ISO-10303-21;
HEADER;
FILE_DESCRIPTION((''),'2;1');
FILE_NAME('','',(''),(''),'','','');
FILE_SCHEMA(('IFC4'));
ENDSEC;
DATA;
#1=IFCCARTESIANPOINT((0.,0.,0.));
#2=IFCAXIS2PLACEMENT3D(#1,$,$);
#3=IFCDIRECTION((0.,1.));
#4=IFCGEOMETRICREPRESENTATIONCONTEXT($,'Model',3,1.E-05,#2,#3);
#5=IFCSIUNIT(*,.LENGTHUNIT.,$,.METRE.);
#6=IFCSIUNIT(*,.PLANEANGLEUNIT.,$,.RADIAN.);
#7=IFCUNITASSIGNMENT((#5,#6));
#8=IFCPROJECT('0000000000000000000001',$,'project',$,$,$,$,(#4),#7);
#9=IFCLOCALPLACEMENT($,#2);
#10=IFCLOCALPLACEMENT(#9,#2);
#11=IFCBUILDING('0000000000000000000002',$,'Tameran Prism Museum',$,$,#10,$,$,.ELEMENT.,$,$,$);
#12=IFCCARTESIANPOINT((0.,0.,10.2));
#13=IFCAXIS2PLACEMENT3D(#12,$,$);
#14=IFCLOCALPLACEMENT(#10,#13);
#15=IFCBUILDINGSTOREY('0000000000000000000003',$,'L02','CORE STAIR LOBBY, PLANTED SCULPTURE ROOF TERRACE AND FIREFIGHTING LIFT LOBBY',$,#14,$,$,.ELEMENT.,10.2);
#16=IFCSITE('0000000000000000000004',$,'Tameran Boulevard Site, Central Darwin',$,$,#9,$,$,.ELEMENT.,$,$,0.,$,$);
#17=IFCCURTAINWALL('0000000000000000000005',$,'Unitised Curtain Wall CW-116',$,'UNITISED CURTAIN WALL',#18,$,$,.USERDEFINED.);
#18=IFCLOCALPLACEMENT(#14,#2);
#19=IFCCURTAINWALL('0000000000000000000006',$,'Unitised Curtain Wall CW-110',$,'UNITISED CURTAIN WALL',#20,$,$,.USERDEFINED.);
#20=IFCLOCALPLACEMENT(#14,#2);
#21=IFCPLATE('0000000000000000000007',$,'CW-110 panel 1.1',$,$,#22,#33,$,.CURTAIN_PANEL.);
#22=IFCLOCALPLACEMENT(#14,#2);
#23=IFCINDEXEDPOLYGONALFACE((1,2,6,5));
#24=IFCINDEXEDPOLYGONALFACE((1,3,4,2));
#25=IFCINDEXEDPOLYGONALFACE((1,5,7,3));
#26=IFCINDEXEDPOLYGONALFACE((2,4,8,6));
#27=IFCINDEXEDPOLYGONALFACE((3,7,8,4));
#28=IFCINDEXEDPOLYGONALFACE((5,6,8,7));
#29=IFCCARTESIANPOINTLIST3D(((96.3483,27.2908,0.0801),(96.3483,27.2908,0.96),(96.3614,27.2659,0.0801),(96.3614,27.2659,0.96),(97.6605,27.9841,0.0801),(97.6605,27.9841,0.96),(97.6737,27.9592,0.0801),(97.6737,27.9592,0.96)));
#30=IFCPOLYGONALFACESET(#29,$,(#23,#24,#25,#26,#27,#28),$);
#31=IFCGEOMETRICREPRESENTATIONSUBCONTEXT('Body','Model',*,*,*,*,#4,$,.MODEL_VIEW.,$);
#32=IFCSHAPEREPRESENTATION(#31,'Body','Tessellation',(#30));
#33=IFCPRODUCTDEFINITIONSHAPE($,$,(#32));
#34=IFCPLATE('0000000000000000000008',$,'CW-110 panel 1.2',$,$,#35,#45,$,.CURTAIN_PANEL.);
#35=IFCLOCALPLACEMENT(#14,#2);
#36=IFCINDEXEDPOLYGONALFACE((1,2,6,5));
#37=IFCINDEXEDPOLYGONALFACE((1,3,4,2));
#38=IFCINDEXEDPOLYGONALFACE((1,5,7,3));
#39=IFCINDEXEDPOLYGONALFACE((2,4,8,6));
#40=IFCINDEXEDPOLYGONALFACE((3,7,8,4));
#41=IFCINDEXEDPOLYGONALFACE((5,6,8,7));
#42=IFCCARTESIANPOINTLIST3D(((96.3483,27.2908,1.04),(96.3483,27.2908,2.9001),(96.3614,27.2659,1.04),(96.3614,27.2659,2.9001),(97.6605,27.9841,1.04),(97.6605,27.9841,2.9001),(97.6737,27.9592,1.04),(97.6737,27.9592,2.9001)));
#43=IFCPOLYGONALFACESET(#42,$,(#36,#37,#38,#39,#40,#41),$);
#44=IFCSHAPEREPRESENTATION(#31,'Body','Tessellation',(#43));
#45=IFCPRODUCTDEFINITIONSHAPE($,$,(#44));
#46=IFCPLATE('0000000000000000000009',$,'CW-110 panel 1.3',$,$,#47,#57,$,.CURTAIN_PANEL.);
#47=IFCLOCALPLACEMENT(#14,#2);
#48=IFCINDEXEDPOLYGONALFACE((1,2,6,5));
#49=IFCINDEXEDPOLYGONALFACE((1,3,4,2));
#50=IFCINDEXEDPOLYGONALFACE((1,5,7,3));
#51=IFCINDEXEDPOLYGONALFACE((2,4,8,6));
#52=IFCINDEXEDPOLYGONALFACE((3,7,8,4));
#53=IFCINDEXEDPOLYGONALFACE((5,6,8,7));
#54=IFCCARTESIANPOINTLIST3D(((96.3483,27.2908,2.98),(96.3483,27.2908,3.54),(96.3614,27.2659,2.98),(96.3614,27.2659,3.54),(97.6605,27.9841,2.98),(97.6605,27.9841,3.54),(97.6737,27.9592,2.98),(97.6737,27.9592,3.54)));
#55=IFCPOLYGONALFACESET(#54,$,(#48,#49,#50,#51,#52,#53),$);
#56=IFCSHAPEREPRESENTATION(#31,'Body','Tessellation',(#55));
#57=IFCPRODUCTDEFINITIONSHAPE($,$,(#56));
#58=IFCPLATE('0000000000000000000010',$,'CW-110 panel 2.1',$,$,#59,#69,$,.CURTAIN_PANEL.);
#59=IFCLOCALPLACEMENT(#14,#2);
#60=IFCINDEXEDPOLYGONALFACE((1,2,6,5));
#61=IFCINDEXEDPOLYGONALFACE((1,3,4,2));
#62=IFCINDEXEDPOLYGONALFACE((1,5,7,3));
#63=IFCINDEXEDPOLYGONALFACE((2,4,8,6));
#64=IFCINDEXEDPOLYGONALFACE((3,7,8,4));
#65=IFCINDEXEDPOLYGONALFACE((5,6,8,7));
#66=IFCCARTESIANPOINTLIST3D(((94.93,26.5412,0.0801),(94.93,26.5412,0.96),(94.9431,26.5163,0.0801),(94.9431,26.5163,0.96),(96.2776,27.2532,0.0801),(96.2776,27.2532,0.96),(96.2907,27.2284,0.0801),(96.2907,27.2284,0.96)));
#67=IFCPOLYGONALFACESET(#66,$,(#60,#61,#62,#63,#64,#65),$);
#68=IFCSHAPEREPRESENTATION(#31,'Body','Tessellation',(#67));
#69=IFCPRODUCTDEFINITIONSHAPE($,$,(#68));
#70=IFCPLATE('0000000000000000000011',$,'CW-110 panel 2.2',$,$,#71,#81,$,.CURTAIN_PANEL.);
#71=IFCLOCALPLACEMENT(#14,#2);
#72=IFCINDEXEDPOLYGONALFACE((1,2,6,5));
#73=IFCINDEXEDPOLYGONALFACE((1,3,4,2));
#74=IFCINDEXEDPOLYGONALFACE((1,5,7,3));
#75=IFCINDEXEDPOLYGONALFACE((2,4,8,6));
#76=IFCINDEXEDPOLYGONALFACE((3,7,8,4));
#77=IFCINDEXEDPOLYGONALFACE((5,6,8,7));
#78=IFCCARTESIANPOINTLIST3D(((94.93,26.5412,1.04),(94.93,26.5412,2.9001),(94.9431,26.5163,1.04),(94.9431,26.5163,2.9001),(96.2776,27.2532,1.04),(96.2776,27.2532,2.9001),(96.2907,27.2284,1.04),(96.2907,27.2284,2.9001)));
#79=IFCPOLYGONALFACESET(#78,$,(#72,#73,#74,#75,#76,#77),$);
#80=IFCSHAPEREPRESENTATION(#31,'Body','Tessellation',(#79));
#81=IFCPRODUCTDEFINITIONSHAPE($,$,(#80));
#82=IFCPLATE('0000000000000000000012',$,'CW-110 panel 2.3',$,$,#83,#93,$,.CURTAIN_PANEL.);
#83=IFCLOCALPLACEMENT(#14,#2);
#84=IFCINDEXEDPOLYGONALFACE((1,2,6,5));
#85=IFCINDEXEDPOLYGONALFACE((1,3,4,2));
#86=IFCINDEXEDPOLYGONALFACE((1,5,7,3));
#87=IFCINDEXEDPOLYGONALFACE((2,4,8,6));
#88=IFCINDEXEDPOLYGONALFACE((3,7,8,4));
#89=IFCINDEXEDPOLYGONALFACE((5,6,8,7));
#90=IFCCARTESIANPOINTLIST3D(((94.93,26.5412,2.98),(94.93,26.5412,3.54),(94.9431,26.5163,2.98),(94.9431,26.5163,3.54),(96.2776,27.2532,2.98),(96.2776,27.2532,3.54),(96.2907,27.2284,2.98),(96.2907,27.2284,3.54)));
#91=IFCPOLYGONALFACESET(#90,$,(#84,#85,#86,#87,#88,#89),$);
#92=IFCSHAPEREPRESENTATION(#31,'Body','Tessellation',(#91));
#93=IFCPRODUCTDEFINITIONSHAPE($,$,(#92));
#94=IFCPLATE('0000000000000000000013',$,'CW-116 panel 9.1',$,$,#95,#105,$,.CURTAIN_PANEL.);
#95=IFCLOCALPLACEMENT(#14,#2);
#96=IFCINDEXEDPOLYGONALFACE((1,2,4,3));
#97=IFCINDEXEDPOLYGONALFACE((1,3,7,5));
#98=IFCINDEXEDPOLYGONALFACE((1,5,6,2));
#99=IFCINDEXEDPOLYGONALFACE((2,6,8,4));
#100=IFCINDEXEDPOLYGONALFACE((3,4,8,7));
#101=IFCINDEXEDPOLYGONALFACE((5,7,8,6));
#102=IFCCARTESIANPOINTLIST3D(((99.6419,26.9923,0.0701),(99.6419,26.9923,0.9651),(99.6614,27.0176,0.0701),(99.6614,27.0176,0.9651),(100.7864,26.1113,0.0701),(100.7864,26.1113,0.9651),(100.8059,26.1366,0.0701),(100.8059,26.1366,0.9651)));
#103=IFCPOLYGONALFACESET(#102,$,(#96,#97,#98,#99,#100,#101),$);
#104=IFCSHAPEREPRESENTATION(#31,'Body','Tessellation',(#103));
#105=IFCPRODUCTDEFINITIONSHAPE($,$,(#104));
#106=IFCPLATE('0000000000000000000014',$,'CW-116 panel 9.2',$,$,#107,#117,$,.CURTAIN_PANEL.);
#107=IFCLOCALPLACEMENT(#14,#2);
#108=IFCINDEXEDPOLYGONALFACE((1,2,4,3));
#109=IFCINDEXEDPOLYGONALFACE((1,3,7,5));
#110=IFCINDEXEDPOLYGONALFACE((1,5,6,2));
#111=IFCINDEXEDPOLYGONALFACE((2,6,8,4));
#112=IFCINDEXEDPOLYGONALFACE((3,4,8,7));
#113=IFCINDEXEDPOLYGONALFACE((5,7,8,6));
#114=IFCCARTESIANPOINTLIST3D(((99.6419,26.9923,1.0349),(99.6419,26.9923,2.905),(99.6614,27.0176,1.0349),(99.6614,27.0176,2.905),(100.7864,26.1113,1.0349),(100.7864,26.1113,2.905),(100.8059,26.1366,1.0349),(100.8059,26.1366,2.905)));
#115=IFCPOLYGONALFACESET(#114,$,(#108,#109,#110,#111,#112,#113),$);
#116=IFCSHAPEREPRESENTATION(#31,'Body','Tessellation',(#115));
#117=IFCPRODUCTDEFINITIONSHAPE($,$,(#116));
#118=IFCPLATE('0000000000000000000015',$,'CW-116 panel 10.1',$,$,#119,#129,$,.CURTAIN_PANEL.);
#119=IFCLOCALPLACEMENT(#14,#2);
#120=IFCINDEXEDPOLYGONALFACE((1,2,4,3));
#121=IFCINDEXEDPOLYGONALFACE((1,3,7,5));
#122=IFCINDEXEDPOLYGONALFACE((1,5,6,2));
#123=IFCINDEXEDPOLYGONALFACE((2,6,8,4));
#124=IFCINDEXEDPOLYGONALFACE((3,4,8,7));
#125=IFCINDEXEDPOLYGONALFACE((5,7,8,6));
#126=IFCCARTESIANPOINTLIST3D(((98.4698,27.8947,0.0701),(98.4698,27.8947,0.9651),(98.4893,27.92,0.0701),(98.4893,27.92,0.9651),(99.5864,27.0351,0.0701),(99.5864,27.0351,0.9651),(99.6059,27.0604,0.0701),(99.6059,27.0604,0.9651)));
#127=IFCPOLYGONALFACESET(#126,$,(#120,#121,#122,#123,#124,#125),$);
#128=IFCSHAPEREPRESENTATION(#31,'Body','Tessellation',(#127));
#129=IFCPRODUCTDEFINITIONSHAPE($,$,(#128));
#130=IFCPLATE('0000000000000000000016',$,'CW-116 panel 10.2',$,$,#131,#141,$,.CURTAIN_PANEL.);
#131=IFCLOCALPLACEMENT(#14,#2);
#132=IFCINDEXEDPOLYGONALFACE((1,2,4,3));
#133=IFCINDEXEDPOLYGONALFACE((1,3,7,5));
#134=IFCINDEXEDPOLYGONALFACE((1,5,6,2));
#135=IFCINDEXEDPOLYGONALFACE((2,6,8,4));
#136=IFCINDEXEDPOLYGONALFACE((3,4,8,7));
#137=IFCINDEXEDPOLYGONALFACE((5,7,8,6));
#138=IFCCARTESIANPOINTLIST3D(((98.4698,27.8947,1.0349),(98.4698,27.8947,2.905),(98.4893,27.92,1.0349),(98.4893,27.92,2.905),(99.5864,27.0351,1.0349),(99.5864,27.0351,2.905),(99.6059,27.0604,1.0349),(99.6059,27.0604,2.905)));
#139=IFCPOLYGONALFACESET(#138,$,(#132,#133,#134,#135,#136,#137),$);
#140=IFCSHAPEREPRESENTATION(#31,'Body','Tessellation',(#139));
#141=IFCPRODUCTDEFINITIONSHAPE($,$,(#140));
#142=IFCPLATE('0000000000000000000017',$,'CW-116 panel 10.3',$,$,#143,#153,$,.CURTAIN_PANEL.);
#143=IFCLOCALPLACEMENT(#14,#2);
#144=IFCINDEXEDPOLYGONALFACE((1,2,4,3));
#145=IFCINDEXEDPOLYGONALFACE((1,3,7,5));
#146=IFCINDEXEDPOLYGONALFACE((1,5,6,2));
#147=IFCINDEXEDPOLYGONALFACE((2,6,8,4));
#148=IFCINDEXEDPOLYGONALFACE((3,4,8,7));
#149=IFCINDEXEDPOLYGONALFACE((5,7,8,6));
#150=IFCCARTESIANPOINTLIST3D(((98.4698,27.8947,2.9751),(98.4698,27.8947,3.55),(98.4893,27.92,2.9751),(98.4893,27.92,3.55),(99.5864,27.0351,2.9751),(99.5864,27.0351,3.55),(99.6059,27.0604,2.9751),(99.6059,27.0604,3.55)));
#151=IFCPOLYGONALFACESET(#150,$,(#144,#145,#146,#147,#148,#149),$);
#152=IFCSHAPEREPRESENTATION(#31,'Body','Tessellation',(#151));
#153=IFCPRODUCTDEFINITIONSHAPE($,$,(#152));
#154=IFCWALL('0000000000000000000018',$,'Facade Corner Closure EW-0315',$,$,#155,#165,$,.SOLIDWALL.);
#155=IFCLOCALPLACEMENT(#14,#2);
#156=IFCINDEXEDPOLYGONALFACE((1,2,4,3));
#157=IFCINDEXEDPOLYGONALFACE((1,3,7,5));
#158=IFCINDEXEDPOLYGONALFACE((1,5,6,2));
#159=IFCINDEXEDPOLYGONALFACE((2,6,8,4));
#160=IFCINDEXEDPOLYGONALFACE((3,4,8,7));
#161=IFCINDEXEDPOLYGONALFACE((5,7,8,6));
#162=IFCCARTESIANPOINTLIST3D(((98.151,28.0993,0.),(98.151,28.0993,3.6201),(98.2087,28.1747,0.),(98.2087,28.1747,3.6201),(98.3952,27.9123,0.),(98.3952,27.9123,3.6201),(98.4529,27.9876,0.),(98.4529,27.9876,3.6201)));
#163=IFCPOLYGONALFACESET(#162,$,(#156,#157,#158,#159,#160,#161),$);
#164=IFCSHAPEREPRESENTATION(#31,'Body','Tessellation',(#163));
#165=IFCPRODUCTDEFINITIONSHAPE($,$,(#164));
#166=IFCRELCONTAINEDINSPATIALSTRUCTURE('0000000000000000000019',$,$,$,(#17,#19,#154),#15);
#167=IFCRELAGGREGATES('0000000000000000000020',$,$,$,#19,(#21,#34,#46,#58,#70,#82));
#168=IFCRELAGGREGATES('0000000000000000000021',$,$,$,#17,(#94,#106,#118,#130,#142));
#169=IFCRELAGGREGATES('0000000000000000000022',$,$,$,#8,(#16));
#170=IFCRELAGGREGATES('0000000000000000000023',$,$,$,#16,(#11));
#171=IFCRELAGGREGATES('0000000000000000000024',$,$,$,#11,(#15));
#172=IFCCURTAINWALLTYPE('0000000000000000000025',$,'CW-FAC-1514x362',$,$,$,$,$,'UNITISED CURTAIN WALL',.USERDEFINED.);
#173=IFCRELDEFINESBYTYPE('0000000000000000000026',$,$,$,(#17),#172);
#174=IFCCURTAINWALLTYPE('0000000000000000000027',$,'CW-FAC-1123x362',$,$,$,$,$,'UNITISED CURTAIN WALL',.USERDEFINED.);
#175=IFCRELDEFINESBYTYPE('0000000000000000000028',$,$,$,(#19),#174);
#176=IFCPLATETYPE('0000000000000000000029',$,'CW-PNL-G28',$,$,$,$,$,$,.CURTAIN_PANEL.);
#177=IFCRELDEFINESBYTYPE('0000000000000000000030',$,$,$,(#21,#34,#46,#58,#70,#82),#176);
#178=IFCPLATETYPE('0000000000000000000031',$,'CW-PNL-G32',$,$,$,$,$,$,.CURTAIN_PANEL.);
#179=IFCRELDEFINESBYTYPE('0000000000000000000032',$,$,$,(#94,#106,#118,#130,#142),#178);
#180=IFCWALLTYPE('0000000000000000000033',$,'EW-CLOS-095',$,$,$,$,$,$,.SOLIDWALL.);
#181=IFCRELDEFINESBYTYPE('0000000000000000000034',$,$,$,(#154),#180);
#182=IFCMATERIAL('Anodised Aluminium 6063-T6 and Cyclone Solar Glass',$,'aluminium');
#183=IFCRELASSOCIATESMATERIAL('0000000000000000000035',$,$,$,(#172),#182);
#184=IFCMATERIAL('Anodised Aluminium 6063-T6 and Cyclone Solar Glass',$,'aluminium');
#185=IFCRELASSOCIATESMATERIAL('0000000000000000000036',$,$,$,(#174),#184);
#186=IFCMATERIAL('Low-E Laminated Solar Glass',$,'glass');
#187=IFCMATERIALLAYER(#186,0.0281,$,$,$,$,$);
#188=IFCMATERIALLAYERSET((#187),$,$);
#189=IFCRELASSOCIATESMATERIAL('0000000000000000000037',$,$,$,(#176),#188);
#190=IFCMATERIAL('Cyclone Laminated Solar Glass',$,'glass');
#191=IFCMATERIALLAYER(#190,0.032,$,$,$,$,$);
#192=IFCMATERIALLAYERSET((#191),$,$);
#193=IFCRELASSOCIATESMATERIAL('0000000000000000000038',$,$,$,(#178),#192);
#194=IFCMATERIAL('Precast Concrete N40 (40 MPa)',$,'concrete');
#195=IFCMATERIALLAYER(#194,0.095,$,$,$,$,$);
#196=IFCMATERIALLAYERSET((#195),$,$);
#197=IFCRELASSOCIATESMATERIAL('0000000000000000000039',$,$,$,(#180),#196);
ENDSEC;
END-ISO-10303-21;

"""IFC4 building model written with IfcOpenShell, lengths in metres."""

from ifc_helpers import new_model, si_unit, direction, frame, frame_2d, origin, origin_2d, place, context, subcontext, project, spatial, rectangle, extrude, material, layer, layer_set, type_object, element, aggregate, save


model = new_model("IFC4")

# Units and contexts
model_context = context("Model", 3, precision=1e-05, world=origin(), true_north=direction((0.0, 1.0)))
body_context = subcontext(model_context, "Body", "Model", "MODEL_VIEW")
ifc_project = project(units=[si_unit("LENGTHUNIT", "METRE"), si_unit("PLANEANGLEUNIT", "RADIAN")], contexts=[model_context])

# Site, building, storey
site_placement = place(None, origin())
site = spatial("IfcSite", under=ifc_project, at=site_placement, Name="Tameran Boulevard Site, Central Darwin", CompositionType="ELEMENT", RefElevation=0.0)
building_placement = place(site_placement, origin())
building = spatial("IfcBuilding", under=site, at=building_placement, Name="Tameran Prism Museum", CompositionType="ELEMENT")
storey_placement = place(building_placement, frame((0.0, 0.0, 10.2)))
storey = spatial("IfcBuildingStorey", under=building, at=storey_placement, Name="L02", Description="CORE STAIR LOBBY, PLANTED SCULPTURE ROOF TERRACE AND FIREFIGHTING LIFT LOBBY", CompositionType="ELEMENT", Elevation=10.2)

# Curtain wall
ifc_material_1 = material(Name="Anodised Aluminium 6063-T6 and Cyclone Solar Glass", Category="aluminium")
curtain_wall_type_1 = type_object("IfcCurtainWallType", Name="CW-FAC-1514x362", ElementType="UNITISED CURTAIN WALL", PredefinedType="USERDEFINED", material=ifc_material_1)
curtain_wall_1_placement = place(storey_placement, origin())
curtain_wall_1 = element("IfcCurtainWall", 1, at=curtain_wall_1_placement, inside=storey, type_object=curtain_wall_type_1, Name="Unitised Curtain Wall CW-116", ObjectType="UNITISED CURTAIN WALL", PredefinedType="USERDEFINED")

# Curtain wall
ifc_material_2 = material(Name="Anodised Aluminium 6063-T6 and Cyclone Solar Glass", Category="aluminium")
curtain_wall_type_2 = type_object("IfcCurtainWallType", Name="CW-FAC-1123x362", ElementType="UNITISED CURTAIN WALL", PredefinedType="USERDEFINED", material=ifc_material_2)
curtain_wall_2_placement = place(storey_placement, origin())
curtain_wall_2 = element("IfcCurtainWall", 2, at=curtain_wall_2_placement, inside=storey, type_object=curtain_wall_type_2, Name="Unitised Curtain Wall CW-110", ObjectType="UNITISED CURTAIN WALL", PredefinedType="USERDEFINED")

# Plates
ifc_material_3 = material(Name="Low-E Laminated Solar Glass", Category="glass")
ifc_layer_1 = layer(ifc_material_3, 0.0281)
ifc_layer_set_1 = layer_set([ifc_layer_1])
plate_type_1 = type_object("IfcPlateType", Name="CW-PNL-G28", PredefinedType="CURTAIN_PANEL", material=ifc_layer_set_1)
plate_1_placement = place(storey_placement, frame((97.011, 27.625, 0.0801), z_axis=(0.0, 0.0, 1.0), x_axis=(-0.884175, -0.467155, 0.0)))
plate_1 = element("IfcPlate", 3, at=plate_1_placement, type_object=plate_type_1, Name="CW-110 panel 1.1", PredefinedType="CURTAIN_PANEL", context=body_context, shape_type="SweptSolid", body=[
    extrude(rectangle(XDim=1.4841, YDim=0.0281, at=origin_2d()), origin(), (0.0, 0.0, 1.0), 0.8799),
])
plate_2_placement = place(storey_placement, frame((97.011, 27.625, 1.04), z_axis=(0.0, 0.0, 1.0), x_axis=(-0.884175, -0.467155, 0.0)))
plate_2 = element("IfcPlate", 4, at=plate_2_placement, type_object=plate_type_1, Name="CW-110 panel 1.2", PredefinedType="CURTAIN_PANEL", context=body_context, shape_type="SweptSolid", body=[
    extrude(rectangle(XDim=1.4841, YDim=0.0281, at=origin_2d()), origin(), (0.0, 0.0, 1.0), 1.8601),
])
plate_3_placement = place(storey_placement, frame((97.011, 27.625, 2.98), z_axis=(0.0, 0.0, 1.0), x_axis=(-0.884175, -0.467155, 0.0)))
plate_3 = element("IfcPlate", 5, at=plate_3_placement, type_object=plate_type_1, Name="CW-110 panel 1.3", PredefinedType="CURTAIN_PANEL", context=body_context, shape_type="SweptSolid", body=[
    extrude(rectangle(XDim=1.4841, YDim=0.0281, at=origin_2d()), origin(), (0.0, 0.0, 1.0), 0.5601),
])
plate_4_placement = place(storey_placement, frame((95.6104, 26.8848, 0.0801), z_axis=(0.0, 0.0, 1.0), x_axis=(-0.884175, -0.467155, 0.0)))
plate_4 = element("IfcPlate", 6, at=plate_4_placement, type_object=plate_type_1, Name="CW-110 panel 2.1", PredefinedType="CURTAIN_PANEL", context=body_context, shape_type="SweptSolid", body=[
    extrude(rectangle(XDim=1.5242, YDim=0.0281, at=origin_2d()), origin(), (0.0, 0.0, 1.0), 0.8799),
])
plate_5_placement = place(storey_placement, frame((95.6104, 26.8848, 1.04), z_axis=(0.0, 0.0, 1.0), x_axis=(-0.884175, -0.467155, 0.0)))
plate_5 = element("IfcPlate", 7, at=plate_5_placement, type_object=plate_type_1, Name="CW-110 panel 2.2", PredefinedType="CURTAIN_PANEL", context=body_context, shape_type="SweptSolid", body=[
    extrude(rectangle(XDim=1.5242, YDim=0.0281, at=origin_2d()), origin(), (0.0, 0.0, 1.0), 1.8601),
])
plate_6_placement = place(storey_placement, frame((95.6104, 26.8848, 2.98), z_axis=(0.0, 0.0, 1.0), x_axis=(-0.884175, -0.467155, 0.0)))
plate_6 = element("IfcPlate", 8, at=plate_6_placement, type_object=plate_type_1, Name="CW-110 panel 2.3", PredefinedType="CURTAIN_PANEL", context=body_context, shape_type="SweptSolid", body=[
    extrude(rectangle(XDim=1.5242, YDim=0.0281, at=origin_2d()), origin(), (0.0, 0.0, 1.0), 0.5601),
])
aggregate(curtain_wall_2, [plate_1, plate_2, plate_3, plate_4, plate_5, plate_6])
ifc_material_4 = material(Name="Cyclone Laminated Solar Glass", Category="glass")
ifc_layer_2 = layer(ifc_material_4, 0.032)
ifc_layer_set_2 = layer_set([ifc_layer_2])
plate_type_2 = type_object("IfcPlateType", Name="CW-PNL-G32", PredefinedType="CURTAIN_PANEL", material=ifc_layer_set_2)
plate_7_placement = place(storey_placement, frame((100.2239, 26.5645, 0.0701), z_axis=(0.0, 0.0, 1.0), x_axis=(-0.792401, 0.610001, 0.0)))
plate_7 = element("IfcPlate", 9, at=plate_7_placement, type_object=plate_type_2, Name="CW-116 panel 9.1", PredefinedType="CURTAIN_PANEL", context=body_context, shape_type="SweptSolid", body=[
    extrude(rectangle(XDim=1.4443, YDim=0.032, at=origin_2d()), origin(), (0.0, 0.0, 1.0), 0.895),
])
plate_8_placement = place(storey_placement, frame((100.2239, 26.5645, 1.0349), z_axis=(0.0, 0.0, 1.0), x_axis=(-0.792401, 0.610001, 0.0)))
plate_8 = element("IfcPlate", 10, at=plate_8_placement, type_object=plate_type_2, Name="CW-116 panel 9.2", PredefinedType="CURTAIN_PANEL", context=body_context, shape_type="SweptSolid", body=[
    extrude(rectangle(XDim=1.4443, YDim=0.032, at=origin_2d()), origin(), (0.0, 0.0, 1.0), 1.8701),
])
plate_9_placement = place(storey_placement, frame((99.0378, 27.4775, 0.0701), z_axis=(0.0, 0.0, 1.0), x_axis=(-0.792401, 0.610001, 0.0)))
plate_9 = element("IfcPlate", 11, at=plate_9_placement, type_object=plate_type_2, Name="CW-116 panel 10.1", PredefinedType="CURTAIN_PANEL", context=body_context, shape_type="SweptSolid", body=[
    extrude(rectangle(XDim=1.4092, YDim=0.032, at=origin_2d()), origin(), (0.0, 0.0, 1.0), 0.895),
])
plate_10_placement = place(storey_placement, frame((99.0378, 27.4775, 1.0349), z_axis=(0.0, 0.0, 1.0), x_axis=(-0.792401, 0.610001, 0.0)))
plate_10 = element("IfcPlate", 12, at=plate_10_placement, type_object=plate_type_2, Name="CW-116 panel 10.2", PredefinedType="CURTAIN_PANEL", context=body_context, shape_type="SweptSolid", body=[
    extrude(rectangle(XDim=1.4092, YDim=0.032, at=origin_2d()), origin(), (0.0, 0.0, 1.0), 1.8701),
])
plate_11_placement = place(storey_placement, frame((99.0378, 27.4775, 2.9751), z_axis=(0.0, 0.0, 1.0), x_axis=(-0.792401, 0.610001, 0.0)))
plate_11 = element("IfcPlate", 13, at=plate_11_placement, type_object=plate_type_2, Name="CW-116 panel 10.3", PredefinedType="CURTAIN_PANEL", context=body_context, shape_type="SweptSolid", body=[
    extrude(rectangle(XDim=1.4092, YDim=0.032, at=origin_2d()), origin(), (0.0, 0.0, 1.0), 0.575),
])
aggregate(curtain_wall_1, [plate_7, plate_8, plate_9, plate_10, plate_11])

# Wall
ifc_material_5 = material(Name="Precast Concrete N40 (40 MPa)", Category="concrete")
ifc_layer_3 = layer(ifc_material_5, 0.095)
ifc_layer_set_3 = layer_set([ifc_layer_3])
wall_type = type_object("IfcWallType", Name="EW-CLOS-095", PredefinedType="SOLIDWALL", material=ifc_layer_set_3)
wall_placement = place(storey_placement, frame((98.4241, 27.95, 0.0), z_axis=(0.0, 0.0, 1.0), x_axis=(-0.793862, 0.608098, 0.0)))
element("IfcWall", 14, at=wall_placement, inside=storey, type_object=wall_type, Name="Facade Corner Closure EW-0315", PredefinedType="SOLIDWALL", context=body_context, shape_type="SweptSolid", body=[
    extrude(rectangle(XDim=0.3076, YDim=0.095, at=frame_2d((0.1538, 0.0))), origin(), (0.0, 0.0, 1.0), 3.6201),
])

save(model, "model.ifc")
